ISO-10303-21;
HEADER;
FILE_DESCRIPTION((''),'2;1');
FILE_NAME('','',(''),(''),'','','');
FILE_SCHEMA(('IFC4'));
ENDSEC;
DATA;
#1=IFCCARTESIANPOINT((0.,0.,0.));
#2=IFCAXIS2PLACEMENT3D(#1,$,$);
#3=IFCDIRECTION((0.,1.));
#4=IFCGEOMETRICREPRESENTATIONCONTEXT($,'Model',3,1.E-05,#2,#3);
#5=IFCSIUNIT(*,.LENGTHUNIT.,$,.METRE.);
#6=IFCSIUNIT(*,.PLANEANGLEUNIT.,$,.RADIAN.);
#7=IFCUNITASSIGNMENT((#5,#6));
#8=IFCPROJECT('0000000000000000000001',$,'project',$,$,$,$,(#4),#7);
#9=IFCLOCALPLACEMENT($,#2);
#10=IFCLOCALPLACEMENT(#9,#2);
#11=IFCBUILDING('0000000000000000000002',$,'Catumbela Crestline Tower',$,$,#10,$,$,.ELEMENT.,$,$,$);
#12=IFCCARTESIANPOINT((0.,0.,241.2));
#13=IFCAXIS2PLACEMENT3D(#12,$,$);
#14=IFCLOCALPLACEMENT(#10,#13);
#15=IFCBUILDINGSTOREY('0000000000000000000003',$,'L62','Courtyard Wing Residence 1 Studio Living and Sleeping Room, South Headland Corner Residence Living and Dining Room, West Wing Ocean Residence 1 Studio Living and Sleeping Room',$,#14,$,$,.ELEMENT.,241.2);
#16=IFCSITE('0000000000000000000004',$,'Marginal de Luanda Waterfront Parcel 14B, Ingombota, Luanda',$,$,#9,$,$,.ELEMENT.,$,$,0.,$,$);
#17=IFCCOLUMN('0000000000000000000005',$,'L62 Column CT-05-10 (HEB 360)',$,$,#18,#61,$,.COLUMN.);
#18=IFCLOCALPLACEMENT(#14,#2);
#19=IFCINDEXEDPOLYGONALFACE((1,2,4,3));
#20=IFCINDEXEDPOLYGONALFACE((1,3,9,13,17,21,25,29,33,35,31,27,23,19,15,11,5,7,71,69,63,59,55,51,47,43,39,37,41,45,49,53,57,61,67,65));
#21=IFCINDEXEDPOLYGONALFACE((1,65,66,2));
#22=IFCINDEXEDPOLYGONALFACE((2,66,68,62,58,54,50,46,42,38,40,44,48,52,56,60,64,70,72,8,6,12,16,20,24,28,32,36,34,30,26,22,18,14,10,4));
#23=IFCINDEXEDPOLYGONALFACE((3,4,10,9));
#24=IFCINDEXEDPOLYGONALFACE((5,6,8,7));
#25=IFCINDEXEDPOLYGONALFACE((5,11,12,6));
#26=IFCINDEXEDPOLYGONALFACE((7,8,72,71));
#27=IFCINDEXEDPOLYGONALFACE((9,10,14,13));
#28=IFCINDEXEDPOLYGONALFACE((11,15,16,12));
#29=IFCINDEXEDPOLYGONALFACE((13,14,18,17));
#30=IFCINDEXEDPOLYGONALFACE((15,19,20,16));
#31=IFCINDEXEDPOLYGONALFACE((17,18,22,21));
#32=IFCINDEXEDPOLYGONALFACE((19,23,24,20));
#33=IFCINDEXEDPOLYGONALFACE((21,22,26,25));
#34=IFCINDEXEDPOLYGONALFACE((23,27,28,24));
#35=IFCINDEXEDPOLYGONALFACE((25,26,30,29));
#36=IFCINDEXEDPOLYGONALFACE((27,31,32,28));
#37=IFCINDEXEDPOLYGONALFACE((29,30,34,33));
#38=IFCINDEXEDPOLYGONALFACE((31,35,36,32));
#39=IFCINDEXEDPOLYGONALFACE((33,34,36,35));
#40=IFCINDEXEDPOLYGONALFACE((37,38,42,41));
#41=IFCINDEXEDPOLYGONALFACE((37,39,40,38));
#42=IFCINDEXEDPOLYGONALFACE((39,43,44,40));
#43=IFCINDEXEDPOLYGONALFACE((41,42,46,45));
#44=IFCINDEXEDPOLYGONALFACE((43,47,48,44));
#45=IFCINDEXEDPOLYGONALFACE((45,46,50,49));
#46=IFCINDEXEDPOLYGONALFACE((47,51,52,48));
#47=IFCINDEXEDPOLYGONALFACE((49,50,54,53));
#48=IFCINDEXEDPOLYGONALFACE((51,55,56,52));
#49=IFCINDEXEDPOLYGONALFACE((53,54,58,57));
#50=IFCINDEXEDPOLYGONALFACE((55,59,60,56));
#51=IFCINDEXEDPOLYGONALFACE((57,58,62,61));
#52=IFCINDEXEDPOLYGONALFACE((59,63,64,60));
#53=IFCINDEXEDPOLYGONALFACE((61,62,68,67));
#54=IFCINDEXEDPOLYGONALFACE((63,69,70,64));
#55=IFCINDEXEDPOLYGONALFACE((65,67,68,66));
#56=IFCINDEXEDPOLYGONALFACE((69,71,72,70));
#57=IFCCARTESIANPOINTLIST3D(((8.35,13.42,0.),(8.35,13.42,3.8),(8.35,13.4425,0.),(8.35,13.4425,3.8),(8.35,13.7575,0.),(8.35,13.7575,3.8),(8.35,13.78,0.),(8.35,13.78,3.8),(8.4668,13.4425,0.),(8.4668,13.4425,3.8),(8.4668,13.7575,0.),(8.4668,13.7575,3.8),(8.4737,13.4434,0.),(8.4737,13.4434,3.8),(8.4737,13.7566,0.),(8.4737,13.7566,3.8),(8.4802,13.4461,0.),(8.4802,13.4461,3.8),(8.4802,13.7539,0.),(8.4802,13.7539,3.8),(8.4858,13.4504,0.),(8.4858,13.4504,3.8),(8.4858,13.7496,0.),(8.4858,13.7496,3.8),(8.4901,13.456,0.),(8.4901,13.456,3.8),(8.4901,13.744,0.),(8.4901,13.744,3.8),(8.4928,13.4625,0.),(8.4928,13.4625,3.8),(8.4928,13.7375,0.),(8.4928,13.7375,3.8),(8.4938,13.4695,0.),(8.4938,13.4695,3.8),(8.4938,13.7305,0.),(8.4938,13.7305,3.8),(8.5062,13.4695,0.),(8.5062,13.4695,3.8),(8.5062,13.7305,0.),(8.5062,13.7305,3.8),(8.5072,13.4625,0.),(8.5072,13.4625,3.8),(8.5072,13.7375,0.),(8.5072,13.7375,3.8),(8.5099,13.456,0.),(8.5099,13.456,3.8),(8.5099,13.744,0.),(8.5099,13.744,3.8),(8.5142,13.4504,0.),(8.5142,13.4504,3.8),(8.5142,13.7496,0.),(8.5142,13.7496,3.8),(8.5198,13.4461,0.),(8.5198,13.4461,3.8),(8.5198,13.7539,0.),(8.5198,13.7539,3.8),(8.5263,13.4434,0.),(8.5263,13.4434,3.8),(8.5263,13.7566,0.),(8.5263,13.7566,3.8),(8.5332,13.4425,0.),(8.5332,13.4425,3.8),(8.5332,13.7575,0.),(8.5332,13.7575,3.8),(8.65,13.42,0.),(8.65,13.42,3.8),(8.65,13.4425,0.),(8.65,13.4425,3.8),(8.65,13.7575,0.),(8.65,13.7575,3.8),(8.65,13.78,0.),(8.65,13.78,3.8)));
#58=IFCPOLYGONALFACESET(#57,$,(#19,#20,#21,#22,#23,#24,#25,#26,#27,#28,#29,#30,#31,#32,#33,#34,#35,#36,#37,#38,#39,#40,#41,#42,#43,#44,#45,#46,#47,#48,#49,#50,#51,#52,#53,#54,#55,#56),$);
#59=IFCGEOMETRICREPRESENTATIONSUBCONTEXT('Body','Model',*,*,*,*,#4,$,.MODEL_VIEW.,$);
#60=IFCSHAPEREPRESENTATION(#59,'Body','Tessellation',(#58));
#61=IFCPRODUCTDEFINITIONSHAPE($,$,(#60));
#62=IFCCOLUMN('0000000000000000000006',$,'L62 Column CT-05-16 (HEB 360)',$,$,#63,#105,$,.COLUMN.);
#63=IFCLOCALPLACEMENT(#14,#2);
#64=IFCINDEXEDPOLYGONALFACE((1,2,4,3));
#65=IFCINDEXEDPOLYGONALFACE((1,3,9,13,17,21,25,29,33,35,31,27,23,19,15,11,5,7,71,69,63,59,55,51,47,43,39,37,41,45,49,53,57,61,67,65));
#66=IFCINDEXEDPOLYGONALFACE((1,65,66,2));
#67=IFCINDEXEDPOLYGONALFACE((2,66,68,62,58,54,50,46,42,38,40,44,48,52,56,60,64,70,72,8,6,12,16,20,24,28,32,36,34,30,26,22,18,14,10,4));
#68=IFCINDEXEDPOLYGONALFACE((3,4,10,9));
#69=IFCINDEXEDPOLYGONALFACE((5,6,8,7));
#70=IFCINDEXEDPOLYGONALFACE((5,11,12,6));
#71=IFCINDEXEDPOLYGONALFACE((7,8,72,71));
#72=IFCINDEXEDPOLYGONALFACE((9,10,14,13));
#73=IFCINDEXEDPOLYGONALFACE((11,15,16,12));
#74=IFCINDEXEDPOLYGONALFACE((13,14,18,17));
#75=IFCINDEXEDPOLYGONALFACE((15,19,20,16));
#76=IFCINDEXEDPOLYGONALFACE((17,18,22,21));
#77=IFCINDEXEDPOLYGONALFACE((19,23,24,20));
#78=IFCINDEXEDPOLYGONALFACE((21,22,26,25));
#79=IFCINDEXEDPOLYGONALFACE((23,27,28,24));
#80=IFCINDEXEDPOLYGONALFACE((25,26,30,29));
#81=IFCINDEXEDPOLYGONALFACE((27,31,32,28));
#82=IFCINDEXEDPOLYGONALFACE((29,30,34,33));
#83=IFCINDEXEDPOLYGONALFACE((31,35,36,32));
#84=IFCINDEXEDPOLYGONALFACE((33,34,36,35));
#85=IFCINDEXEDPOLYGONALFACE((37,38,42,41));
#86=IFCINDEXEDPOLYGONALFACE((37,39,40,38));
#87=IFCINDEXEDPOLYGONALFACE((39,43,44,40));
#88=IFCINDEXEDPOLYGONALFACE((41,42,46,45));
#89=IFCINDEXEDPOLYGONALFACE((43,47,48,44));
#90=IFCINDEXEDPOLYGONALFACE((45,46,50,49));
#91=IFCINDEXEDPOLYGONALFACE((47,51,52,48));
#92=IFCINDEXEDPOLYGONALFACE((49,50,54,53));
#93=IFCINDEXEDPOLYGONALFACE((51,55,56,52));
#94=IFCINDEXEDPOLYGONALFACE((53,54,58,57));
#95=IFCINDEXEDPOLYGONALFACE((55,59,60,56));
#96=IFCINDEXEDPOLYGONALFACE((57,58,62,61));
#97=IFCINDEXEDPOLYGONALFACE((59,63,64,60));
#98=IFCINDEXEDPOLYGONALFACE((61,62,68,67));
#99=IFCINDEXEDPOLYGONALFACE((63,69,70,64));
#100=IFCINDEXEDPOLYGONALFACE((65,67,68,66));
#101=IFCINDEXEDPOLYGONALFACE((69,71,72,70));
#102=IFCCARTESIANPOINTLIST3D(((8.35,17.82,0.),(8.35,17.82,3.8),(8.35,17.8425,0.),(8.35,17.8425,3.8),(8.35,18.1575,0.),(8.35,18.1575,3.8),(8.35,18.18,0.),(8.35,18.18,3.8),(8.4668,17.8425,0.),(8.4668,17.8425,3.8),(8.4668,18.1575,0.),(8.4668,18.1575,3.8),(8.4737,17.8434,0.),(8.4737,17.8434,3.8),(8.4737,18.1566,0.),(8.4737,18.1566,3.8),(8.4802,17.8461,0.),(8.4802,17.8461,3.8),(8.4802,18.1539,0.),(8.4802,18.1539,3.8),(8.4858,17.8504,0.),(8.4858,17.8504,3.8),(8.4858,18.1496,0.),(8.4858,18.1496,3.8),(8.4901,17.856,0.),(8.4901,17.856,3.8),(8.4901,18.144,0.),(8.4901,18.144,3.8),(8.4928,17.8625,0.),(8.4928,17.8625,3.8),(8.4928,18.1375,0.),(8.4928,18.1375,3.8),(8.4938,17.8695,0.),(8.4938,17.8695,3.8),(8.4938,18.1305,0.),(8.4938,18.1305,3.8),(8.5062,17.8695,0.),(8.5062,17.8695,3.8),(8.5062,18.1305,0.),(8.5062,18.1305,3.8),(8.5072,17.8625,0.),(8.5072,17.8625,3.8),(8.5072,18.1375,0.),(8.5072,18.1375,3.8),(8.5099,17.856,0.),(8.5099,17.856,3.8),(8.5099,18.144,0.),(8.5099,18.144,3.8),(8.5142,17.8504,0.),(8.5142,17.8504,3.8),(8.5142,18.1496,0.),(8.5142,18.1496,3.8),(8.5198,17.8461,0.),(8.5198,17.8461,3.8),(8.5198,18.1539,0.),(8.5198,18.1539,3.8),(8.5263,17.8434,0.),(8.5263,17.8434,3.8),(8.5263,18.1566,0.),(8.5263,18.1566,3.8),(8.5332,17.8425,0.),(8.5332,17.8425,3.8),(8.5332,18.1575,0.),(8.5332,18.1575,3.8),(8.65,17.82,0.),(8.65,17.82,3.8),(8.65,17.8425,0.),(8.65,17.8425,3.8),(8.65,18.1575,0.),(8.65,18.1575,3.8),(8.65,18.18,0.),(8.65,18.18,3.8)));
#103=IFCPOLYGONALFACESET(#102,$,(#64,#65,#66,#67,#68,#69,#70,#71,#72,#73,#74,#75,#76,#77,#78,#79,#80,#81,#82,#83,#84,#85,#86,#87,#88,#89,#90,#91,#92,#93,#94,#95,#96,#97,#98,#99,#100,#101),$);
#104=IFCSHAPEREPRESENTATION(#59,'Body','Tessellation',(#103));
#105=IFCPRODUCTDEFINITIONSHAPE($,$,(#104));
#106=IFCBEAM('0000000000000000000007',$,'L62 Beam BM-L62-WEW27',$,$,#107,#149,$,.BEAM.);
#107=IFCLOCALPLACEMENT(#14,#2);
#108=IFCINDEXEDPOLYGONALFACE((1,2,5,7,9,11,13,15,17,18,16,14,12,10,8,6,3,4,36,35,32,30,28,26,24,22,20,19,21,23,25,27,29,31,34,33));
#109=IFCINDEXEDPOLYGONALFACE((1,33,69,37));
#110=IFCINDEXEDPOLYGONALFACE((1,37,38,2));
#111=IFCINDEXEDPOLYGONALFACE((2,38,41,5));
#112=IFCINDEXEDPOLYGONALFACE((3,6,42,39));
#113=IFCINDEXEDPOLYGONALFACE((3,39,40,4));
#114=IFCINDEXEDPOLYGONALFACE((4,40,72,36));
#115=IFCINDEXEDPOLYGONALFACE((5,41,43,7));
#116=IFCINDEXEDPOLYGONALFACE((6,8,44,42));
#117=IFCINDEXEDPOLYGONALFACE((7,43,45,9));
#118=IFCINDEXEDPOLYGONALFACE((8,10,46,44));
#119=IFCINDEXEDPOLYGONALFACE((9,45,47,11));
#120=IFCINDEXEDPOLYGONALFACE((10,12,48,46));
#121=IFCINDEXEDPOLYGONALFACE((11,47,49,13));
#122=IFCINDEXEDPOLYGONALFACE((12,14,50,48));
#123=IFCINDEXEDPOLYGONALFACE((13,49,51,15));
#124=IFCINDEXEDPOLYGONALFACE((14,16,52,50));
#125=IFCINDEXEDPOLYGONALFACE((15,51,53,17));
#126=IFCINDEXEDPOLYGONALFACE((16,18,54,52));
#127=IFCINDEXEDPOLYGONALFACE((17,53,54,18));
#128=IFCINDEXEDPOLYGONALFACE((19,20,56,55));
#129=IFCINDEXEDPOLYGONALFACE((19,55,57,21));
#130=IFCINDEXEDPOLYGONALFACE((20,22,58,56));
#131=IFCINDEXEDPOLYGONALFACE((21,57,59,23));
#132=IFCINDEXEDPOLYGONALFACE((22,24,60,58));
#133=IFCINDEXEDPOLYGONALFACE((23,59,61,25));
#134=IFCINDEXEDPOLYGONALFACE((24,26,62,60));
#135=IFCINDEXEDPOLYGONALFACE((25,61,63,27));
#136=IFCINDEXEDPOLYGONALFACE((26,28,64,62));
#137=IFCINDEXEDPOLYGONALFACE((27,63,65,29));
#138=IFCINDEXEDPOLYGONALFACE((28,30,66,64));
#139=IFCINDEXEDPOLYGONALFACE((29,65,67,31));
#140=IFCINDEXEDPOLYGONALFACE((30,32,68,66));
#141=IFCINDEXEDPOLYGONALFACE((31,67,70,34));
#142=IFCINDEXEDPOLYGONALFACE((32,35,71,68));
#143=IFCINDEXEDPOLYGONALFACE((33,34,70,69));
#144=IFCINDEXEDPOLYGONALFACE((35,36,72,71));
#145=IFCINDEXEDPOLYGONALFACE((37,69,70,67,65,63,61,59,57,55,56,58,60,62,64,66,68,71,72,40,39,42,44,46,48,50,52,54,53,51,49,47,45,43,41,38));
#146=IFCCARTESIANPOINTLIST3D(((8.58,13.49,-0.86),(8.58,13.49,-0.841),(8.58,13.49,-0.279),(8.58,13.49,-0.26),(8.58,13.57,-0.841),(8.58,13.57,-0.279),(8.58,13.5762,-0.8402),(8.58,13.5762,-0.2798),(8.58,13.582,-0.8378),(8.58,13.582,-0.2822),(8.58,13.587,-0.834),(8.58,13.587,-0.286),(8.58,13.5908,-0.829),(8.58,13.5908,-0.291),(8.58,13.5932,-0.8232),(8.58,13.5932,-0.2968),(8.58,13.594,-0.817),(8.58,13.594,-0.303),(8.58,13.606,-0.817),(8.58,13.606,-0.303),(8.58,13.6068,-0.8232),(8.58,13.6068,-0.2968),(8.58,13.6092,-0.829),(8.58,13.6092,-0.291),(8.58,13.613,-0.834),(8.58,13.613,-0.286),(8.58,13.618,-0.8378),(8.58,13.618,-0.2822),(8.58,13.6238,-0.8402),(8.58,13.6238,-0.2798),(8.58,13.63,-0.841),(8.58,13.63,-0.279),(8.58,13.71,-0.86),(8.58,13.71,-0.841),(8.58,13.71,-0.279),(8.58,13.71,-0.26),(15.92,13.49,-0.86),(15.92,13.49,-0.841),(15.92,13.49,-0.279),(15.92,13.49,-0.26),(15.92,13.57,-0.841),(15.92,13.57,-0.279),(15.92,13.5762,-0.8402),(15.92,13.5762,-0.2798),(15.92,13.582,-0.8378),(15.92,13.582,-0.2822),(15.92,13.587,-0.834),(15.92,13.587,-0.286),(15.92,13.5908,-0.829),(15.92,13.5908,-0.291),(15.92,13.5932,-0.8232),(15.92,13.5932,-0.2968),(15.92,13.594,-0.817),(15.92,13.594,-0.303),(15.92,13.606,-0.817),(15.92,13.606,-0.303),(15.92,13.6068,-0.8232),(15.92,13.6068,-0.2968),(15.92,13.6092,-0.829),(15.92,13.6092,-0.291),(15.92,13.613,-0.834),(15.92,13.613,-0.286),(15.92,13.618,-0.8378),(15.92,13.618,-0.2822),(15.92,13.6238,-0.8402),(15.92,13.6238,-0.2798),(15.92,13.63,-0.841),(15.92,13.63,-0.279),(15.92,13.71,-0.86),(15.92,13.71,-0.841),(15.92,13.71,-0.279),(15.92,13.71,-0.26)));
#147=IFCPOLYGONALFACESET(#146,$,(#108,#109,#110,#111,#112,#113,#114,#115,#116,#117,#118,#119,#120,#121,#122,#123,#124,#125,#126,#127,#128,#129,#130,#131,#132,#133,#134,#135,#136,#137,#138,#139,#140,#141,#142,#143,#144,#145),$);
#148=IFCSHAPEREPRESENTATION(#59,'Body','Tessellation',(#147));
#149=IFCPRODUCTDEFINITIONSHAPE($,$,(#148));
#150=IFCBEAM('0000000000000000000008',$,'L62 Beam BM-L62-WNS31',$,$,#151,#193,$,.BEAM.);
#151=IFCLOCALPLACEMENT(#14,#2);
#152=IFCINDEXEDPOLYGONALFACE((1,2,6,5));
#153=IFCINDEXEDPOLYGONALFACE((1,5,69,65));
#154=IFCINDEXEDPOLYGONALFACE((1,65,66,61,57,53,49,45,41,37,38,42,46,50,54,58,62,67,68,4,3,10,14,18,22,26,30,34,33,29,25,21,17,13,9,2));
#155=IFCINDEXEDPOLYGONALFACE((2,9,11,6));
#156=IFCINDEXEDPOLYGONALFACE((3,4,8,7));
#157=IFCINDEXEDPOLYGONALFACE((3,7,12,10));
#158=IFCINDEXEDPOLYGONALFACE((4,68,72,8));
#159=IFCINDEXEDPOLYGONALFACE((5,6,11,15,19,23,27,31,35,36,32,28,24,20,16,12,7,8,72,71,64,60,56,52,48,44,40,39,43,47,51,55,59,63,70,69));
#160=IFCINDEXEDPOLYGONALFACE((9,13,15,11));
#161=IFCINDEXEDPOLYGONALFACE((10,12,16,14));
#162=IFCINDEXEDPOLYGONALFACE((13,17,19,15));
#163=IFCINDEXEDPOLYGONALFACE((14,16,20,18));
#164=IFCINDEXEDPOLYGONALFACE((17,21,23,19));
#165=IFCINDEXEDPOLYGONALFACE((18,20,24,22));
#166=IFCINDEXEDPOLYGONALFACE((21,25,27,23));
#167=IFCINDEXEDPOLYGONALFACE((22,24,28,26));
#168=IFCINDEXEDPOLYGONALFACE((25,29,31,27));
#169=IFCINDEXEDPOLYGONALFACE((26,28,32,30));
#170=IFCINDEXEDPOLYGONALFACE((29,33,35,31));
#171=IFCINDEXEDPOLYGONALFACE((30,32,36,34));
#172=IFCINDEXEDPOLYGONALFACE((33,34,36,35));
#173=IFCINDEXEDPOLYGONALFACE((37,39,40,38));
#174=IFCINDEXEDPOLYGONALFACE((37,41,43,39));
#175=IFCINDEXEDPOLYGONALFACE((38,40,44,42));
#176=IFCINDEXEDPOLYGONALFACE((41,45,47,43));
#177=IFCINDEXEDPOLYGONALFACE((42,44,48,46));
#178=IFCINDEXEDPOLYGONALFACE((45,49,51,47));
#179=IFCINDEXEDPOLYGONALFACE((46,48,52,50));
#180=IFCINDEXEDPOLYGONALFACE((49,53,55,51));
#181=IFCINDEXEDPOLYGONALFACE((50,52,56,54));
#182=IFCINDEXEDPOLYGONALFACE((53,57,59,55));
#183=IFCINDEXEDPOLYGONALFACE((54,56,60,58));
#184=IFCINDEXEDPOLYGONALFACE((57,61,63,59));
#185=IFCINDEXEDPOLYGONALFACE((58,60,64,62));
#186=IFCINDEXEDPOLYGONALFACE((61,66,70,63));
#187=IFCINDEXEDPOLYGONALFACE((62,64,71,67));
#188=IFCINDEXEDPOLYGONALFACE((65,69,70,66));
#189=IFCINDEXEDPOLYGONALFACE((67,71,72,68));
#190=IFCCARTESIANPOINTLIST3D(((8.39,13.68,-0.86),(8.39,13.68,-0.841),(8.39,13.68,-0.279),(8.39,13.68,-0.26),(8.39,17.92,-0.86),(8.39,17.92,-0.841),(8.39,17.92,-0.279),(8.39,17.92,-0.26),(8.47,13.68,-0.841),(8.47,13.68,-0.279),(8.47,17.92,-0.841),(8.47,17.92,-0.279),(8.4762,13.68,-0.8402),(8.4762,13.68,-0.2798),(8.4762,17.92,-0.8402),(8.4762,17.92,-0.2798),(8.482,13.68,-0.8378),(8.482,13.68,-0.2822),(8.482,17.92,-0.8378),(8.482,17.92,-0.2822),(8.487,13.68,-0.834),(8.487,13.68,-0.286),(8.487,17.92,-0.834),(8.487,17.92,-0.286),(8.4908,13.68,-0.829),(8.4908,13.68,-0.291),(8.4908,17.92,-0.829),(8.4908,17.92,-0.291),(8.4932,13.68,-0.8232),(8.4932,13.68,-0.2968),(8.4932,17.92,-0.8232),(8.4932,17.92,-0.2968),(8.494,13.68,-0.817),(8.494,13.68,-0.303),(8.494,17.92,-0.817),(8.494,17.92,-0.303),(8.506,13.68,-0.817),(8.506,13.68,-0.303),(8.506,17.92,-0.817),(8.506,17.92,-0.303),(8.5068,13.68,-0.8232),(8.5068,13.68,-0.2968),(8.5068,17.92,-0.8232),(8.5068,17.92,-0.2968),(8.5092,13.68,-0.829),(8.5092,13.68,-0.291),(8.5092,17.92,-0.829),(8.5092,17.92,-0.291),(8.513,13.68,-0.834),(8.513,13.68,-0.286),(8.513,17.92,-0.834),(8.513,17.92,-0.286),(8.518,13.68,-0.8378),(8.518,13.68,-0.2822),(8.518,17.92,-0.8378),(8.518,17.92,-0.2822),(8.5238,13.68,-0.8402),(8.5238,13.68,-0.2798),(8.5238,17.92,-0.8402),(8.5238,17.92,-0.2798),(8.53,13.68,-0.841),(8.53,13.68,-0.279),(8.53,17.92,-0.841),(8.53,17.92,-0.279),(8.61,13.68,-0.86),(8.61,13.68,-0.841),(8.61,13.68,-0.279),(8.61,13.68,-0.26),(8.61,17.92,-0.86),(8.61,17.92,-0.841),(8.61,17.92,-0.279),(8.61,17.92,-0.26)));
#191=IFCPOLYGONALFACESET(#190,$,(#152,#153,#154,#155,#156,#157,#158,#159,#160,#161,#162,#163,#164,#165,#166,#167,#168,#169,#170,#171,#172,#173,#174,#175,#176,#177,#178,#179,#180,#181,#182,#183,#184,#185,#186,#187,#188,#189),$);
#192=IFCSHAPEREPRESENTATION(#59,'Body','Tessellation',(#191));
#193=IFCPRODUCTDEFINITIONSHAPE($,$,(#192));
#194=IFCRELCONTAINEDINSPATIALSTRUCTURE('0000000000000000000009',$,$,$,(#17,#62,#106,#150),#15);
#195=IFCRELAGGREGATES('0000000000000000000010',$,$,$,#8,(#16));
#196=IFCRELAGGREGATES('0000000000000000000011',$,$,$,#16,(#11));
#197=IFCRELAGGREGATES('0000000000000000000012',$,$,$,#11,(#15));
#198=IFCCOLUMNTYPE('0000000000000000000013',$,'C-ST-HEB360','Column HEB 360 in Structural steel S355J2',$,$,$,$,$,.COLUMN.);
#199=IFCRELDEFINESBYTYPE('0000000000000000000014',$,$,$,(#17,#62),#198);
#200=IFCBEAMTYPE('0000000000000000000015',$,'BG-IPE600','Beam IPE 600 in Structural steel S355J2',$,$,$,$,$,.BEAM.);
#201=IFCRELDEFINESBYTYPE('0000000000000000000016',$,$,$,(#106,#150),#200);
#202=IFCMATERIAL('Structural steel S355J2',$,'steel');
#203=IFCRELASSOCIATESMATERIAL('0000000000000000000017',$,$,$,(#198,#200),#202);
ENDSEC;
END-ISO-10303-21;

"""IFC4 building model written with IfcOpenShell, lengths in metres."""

from ifc_helpers import new_model, si_unit, direction, frame, origin, origin_2d, place, context, subcontext, project, spatial, i_section, extrude, material, material_profile, profile_set, type_object, element, save


model = new_model("IFC4")

# Units and contexts
model_context = context("Model", 3, precision=1e-05, world=origin(), true_north=direction((0.0, 1.0)))
body_context = subcontext(model_context, "Body", "Model", "MODEL_VIEW")
ifc_project = project(units=[si_unit("LENGTHUNIT", "METRE"), si_unit("PLANEANGLEUNIT", "RADIAN")], contexts=[model_context])

# Site, building, storey
site_placement = place(None, origin())
site = spatial("IfcSite", under=ifc_project, at=site_placement, Name="Marginal de Luanda Waterfront Parcel 14B, Ingombota, Luanda", CompositionType="ELEMENT", RefElevation=0.0)
building_placement = place(site_placement, origin())
building = spatial("IfcBuilding", under=site, at=building_placement, Name="Catumbela Crestline Tower", CompositionType="ELEMENT")
storey_placement = place(building_placement, frame((0.0, 0.0, 241.2)))
storey = spatial("IfcBuildingStorey", under=building, at=storey_placement, Name="L62", Description="Courtyard Wing Residence 1 Studio Living and Sleeping Room, South Headland Corner Residence Living and Dining Room, West Wing Ocean Residence 1 Studio Living and Sleeping Room", CompositionType="ELEMENT", Elevation=241.2)

# Columns
ifc_material_1 = material(Name="Structural steel S355J2", Category="steel")
ifc_material_profile_1 = material_profile(ifc_material_1, i_section(OverallWidth=0.3, OverallDepth=0.36, WebThickness=0.0125, FlangeThickness=0.0225, FilletRadius=0.027, at=origin_2d()), Name="HEB 360")
ifc_profile_set_1 = profile_set([ifc_material_profile_1], Name="Structural steel S355J2")
column_type = type_object("IfcColumnType", Name="C-ST-HEB360", Description="Column HEB 360 in Structural steel S355J2", PredefinedType="COLUMN", material=ifc_profile_set_1)
for number, where, z_axis, x_axis, name in (
    (1, (8.5, 13.6, 0.0), (0.0, 0.0, 1.0), (1.0, 0.0, 0.0), "L62 Column CT-05-10 (HEB 360)"),
    (2, (8.5, 18.0, 0.0), (0.0, 0.0, 1.0), (1.0, 0.0, 0.0), "L62 Column CT-05-16 (HEB 360)"),
):
    element("IfcColumn", number, at=place(storey_placement, frame(where, z_axis=z_axis, x_axis=x_axis)), inside=storey, type_object=column_type, Name=name, PredefinedType="COLUMN", context=body_context, shape_type="SweptSolid", body=[
        extrude(i_section(OverallWidth=0.3, OverallDepth=0.36, WebThickness=0.0125, FlangeThickness=0.0225, FilletRadius=0.027, at=origin_2d()), origin(), (0.0, 0.0, 1.0), 3.8),
    ])

# Beams
ifc_material_profile_2 = material_profile(ifc_material_1, i_section(OverallWidth=0.22, OverallDepth=0.6, WebThickness=0.012, FlangeThickness=0.019, FilletRadius=0.024, at=origin_2d()), Name="IPE 600")
ifc_profile_set_2 = profile_set([ifc_material_profile_2], Name="Structural steel S355J2")
beam_type = type_object("IfcBeamType", Name="BG-IPE600", Description="Beam IPE 600 in Structural steel S355J2", PredefinedType="BEAM", material=ifc_profile_set_2)
beam_1_placement = place(storey_placement, frame((8.58, 13.6, -0.56), z_axis=(1.0, 0.0, 0.0), x_axis=(0.0, 1.0, 0.0)))
element("IfcBeam", 3, at=beam_1_placement, inside=storey, type_object=beam_type, Name="L62 Beam BM-L62-WEW27", PredefinedType="BEAM", context=body_context, shape_type="SweptSolid", body=[
    extrude(i_section(OverallWidth=0.22, OverallDepth=0.6, WebThickness=0.012, FlangeThickness=0.019, FilletRadius=0.024, at=origin_2d()), origin(), (0.0, 0.0, 1.0), 7.34),
])
beam_2_placement = place(storey_placement, frame((8.5, 13.68, -0.56), z_axis=(0.0, 1.0, 0.0), x_axis=(-1.0, 0.0, 0.0)))
element("IfcBeam", 4, at=beam_2_placement, inside=storey, type_object=beam_type, Name="L62 Beam BM-L62-WNS31", PredefinedType="BEAM", context=body_context, shape_type="SweptSolid", body=[
    extrude(i_section(OverallWidth=0.22, OverallDepth=0.6, WebThickness=0.012, FlangeThickness=0.019, FilletRadius=0.024, at=origin_2d()), origin(), (0.0, 0.0, 1.0), 4.24),
])

save(model, "model.ifc")
